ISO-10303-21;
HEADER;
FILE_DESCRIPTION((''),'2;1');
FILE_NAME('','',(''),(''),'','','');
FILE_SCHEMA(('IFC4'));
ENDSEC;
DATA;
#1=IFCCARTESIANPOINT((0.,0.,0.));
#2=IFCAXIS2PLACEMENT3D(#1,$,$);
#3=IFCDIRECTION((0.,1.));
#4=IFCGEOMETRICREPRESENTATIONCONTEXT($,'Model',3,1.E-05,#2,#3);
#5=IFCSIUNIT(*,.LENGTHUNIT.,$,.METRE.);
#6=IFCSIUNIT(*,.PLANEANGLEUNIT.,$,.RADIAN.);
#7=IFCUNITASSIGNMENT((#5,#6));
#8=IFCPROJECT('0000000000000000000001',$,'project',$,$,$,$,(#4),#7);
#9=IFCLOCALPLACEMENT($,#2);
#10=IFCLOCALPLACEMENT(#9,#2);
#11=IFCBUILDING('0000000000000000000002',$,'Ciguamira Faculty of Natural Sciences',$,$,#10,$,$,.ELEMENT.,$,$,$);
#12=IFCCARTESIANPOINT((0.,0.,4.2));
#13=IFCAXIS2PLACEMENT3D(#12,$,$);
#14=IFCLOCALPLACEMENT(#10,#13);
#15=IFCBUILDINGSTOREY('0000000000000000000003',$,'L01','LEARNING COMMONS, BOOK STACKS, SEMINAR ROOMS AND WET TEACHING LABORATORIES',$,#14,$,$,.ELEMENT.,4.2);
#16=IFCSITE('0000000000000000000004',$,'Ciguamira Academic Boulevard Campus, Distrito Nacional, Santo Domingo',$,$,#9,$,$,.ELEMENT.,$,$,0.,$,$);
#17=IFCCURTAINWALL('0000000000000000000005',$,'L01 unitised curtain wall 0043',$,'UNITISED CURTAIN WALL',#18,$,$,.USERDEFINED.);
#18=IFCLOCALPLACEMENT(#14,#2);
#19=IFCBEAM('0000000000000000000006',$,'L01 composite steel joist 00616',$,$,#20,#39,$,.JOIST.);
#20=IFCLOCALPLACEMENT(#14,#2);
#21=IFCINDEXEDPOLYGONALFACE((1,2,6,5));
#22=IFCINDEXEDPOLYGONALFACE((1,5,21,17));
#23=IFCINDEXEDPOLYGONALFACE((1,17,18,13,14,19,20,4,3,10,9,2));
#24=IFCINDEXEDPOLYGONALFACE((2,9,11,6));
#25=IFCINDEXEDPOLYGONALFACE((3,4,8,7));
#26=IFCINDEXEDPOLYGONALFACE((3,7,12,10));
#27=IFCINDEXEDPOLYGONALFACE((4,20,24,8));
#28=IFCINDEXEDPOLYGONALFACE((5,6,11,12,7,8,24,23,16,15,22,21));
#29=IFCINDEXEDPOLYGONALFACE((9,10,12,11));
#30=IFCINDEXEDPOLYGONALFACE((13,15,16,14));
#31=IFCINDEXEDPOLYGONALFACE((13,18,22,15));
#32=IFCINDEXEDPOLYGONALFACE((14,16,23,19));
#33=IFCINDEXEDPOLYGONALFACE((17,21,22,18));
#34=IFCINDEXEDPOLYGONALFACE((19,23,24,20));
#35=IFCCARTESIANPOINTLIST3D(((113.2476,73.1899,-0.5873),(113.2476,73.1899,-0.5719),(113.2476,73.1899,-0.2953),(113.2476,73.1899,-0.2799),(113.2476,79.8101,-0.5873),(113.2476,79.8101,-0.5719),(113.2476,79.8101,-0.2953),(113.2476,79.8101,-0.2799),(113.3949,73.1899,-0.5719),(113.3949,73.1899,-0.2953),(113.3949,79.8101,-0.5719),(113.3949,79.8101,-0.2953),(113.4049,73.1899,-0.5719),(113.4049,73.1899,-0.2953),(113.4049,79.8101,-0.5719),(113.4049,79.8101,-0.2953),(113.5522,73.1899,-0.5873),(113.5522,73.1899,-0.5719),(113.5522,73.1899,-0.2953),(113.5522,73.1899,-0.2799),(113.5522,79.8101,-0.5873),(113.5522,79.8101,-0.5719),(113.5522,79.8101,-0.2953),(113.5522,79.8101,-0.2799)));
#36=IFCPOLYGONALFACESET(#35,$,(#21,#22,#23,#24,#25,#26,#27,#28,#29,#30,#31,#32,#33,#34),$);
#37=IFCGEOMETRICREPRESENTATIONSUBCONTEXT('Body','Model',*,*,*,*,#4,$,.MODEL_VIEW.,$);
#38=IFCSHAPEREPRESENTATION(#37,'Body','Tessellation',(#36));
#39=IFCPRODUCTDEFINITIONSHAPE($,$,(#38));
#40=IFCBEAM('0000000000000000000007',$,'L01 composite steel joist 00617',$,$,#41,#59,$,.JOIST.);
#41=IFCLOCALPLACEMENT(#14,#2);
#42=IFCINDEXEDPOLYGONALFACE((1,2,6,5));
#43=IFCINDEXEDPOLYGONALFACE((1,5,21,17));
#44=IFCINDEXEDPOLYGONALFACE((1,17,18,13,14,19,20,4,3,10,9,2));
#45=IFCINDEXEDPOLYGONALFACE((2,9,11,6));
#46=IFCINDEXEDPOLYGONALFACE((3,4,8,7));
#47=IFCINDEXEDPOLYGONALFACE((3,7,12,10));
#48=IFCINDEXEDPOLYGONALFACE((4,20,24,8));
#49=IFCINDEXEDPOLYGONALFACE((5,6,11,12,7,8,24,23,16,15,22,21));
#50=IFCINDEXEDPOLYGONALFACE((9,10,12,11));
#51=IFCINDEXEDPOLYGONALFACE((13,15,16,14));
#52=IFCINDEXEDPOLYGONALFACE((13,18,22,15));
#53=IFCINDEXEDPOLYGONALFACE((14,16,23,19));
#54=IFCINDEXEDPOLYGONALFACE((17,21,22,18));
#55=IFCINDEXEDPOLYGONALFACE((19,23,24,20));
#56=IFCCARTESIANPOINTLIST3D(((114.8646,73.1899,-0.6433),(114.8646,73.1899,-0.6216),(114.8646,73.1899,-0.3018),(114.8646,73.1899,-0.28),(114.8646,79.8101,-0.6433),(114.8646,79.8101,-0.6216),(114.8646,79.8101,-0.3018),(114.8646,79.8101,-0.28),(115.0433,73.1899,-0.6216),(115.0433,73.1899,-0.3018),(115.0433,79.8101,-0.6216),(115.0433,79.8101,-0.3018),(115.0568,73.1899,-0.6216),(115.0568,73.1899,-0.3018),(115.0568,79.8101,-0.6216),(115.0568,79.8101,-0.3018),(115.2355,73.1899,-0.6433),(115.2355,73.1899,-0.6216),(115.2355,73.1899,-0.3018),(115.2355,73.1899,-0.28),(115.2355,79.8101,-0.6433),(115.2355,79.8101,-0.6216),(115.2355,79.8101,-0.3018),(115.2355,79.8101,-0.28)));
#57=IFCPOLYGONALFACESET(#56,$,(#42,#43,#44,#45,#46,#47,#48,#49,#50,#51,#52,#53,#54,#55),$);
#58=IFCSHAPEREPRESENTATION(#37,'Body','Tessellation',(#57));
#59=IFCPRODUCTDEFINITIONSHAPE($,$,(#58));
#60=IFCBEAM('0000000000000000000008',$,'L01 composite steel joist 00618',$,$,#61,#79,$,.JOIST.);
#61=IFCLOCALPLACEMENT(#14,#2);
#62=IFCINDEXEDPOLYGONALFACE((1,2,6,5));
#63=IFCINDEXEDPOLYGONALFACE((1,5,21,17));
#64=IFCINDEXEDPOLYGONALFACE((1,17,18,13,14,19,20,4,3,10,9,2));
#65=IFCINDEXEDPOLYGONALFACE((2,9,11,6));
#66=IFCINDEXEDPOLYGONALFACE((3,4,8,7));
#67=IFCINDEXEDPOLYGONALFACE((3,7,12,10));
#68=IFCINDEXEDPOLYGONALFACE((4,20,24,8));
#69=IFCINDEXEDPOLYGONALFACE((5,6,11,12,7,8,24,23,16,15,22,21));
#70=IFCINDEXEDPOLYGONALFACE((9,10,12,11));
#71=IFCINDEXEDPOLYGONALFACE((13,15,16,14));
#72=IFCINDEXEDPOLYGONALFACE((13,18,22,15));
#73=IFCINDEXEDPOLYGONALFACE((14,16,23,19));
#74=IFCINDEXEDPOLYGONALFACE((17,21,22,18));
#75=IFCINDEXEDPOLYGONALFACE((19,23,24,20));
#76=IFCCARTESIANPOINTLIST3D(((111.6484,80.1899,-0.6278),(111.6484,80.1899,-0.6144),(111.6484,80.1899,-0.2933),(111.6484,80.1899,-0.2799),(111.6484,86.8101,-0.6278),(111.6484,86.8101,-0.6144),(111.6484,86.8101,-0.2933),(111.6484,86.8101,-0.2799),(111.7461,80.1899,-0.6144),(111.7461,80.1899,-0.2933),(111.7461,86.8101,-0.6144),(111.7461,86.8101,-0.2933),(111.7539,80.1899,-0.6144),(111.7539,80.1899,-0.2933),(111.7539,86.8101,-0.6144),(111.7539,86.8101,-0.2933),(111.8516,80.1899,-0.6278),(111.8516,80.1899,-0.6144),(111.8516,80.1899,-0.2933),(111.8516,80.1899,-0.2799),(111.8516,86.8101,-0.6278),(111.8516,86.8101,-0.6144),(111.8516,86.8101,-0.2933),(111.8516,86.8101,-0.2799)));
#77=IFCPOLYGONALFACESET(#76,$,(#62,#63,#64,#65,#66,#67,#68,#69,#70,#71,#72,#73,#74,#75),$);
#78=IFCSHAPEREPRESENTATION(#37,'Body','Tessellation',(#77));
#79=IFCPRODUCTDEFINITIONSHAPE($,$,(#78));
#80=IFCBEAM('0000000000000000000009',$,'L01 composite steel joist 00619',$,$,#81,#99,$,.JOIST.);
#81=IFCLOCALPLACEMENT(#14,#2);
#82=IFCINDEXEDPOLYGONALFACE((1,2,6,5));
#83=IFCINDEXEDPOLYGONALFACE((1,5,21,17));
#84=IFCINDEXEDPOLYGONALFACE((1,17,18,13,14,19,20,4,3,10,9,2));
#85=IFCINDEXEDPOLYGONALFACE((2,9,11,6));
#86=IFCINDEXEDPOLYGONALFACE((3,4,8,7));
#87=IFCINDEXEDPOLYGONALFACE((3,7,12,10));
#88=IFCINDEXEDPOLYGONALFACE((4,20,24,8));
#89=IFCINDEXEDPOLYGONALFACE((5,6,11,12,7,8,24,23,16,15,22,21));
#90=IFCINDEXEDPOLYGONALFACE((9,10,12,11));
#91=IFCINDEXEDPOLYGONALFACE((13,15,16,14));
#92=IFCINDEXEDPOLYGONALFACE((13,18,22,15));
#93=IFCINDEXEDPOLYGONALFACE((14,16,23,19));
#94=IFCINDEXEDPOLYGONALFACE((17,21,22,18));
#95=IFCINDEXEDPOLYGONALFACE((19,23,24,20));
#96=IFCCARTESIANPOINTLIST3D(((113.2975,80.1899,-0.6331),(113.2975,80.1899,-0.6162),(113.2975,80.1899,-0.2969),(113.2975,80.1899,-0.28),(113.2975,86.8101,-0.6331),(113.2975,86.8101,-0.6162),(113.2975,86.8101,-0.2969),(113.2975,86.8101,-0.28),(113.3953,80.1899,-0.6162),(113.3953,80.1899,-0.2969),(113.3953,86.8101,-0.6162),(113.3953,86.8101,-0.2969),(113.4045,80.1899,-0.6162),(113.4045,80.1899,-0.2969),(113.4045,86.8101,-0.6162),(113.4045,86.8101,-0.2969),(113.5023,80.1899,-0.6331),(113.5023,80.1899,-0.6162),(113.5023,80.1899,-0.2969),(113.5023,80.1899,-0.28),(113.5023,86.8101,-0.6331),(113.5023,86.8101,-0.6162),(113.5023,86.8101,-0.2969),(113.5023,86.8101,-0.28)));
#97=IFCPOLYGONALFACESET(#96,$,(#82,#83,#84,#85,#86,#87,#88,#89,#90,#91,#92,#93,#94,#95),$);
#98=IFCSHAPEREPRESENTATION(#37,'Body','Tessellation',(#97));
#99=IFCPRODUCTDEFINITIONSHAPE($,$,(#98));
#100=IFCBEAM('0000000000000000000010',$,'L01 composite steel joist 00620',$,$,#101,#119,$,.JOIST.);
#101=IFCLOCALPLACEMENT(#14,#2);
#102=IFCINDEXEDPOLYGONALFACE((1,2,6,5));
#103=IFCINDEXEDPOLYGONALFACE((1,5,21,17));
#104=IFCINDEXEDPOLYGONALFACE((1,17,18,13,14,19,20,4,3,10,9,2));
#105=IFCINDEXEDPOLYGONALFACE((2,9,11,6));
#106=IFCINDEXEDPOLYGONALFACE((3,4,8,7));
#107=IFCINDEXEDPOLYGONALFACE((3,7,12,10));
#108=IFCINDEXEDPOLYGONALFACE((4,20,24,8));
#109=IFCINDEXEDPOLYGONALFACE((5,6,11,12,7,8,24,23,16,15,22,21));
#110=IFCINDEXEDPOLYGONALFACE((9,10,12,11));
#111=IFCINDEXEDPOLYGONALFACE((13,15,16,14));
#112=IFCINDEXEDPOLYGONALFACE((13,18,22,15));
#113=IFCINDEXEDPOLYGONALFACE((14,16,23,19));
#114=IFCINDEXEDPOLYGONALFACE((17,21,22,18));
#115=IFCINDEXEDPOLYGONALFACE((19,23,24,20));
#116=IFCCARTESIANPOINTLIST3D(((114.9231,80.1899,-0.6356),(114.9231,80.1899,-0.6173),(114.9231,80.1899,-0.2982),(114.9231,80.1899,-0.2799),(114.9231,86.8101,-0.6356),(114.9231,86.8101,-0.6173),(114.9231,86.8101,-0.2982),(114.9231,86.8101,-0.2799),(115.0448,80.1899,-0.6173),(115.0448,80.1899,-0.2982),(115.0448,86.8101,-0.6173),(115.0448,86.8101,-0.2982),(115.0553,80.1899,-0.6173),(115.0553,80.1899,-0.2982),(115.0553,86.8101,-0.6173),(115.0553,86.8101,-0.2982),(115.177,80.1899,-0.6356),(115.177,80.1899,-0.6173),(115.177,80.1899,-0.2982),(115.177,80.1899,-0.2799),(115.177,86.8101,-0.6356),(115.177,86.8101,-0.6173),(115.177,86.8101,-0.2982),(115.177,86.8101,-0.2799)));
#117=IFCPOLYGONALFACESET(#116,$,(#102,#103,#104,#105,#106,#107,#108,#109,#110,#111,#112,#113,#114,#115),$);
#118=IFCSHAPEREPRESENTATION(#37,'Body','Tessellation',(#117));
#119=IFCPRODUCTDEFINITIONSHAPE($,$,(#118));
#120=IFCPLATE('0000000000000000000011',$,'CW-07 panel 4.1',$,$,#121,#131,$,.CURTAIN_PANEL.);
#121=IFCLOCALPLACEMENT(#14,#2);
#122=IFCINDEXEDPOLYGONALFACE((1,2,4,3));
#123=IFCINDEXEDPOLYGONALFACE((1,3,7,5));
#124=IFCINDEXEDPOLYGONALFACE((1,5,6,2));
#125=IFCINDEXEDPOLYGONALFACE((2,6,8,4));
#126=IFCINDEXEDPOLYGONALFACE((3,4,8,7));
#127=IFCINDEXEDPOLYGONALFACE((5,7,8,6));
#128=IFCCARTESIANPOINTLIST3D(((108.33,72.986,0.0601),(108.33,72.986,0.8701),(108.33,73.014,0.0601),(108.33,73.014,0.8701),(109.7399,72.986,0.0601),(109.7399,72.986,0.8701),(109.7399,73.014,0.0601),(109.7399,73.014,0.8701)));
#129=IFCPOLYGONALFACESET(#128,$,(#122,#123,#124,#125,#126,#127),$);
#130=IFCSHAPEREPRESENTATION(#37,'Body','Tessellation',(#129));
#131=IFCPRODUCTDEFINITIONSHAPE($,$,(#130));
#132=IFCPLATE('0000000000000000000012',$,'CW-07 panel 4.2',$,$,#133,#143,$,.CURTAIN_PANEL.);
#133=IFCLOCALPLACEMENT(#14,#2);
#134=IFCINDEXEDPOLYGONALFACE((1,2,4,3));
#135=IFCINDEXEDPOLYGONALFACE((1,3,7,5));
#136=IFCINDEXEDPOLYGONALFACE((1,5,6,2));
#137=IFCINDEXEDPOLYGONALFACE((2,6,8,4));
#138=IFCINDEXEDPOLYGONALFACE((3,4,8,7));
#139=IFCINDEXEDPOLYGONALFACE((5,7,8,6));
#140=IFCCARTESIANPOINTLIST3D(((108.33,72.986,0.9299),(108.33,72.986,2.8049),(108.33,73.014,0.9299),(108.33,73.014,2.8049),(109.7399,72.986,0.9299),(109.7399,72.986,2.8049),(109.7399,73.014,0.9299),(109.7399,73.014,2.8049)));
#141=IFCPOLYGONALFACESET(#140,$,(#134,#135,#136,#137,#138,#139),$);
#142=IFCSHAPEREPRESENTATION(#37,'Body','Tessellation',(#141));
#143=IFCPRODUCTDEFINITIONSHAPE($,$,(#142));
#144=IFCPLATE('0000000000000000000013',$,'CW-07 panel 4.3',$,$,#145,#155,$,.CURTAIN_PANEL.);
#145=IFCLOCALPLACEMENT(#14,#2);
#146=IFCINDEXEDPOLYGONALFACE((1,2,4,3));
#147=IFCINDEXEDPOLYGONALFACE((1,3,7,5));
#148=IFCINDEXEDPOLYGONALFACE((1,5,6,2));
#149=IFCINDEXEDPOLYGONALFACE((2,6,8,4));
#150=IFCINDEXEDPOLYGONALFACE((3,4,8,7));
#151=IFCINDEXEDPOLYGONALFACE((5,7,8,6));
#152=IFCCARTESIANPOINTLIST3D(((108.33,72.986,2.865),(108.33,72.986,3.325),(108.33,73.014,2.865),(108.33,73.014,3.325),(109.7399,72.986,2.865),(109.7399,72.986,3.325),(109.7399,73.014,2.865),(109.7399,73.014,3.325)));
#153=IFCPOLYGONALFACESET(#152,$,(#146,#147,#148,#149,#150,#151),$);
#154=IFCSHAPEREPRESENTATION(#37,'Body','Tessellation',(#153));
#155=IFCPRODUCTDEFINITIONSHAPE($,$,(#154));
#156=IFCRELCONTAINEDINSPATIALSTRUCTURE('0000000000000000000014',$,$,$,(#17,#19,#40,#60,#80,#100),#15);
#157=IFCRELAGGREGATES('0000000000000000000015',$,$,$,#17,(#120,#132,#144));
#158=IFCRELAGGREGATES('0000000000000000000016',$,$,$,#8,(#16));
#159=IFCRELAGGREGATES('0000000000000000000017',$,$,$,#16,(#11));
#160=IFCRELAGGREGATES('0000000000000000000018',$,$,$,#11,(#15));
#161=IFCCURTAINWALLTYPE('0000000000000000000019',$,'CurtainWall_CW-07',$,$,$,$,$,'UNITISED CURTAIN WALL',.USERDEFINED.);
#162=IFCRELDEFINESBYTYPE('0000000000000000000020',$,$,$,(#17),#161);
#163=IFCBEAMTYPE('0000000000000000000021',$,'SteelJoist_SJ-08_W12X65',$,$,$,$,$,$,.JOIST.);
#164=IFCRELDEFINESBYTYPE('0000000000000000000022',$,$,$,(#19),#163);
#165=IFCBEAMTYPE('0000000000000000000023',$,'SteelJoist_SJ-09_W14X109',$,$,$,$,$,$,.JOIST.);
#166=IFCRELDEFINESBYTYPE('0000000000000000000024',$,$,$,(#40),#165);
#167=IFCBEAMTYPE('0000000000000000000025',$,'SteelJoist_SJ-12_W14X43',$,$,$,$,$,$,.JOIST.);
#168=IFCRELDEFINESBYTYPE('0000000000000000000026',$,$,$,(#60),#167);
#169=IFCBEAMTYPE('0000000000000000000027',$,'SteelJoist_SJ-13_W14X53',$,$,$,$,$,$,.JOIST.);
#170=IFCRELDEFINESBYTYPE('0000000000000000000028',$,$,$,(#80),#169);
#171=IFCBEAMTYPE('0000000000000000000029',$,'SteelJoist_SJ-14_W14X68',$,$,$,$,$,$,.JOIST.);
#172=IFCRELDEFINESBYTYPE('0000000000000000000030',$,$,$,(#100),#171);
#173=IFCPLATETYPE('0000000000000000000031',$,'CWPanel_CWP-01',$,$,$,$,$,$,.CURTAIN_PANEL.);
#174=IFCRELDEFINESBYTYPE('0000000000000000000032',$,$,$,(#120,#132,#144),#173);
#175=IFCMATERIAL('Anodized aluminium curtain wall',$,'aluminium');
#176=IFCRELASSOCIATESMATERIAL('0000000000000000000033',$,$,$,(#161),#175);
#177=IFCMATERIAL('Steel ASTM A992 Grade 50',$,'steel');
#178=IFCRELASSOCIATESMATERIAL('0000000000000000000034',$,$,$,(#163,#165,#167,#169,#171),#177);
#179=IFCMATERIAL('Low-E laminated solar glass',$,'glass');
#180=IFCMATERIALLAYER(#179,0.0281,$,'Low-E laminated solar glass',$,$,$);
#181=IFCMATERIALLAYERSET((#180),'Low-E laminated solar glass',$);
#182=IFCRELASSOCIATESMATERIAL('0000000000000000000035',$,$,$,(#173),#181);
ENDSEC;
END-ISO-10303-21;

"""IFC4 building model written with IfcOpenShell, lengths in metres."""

from ifc_helpers import new_model, si_unit, direction, frame, origin, origin_2d, place, context, subcontext, project, spatial, rectangle, i_section, extrude, material, layer, layer_set, material_profile, profile_set, type_object, element, aggregate, save


model = new_model("IFC4")

# Units and contexts
model_context = context("Model", 3, precision=1e-05, world=origin(), true_north=direction((0.0, 1.0)))
body_context = subcontext(model_context, "Body", "Model", "MODEL_VIEW")
ifc_project = project(units=[si_unit("LENGTHUNIT", "METRE"), si_unit("PLANEANGLEUNIT", "RADIAN")], contexts=[model_context])

# Site, building, storey
site_placement = place(None, origin())
site = spatial("IfcSite", under=ifc_project, at=site_placement, Name="Ciguamira Academic Boulevard Campus, Distrito Nacional, Santo Domingo", CompositionType="ELEMENT", RefElevation=0.0)
building_placement = place(site_placement, origin())
building = spatial("IfcBuilding", under=site, at=building_placement, Name="Ciguamira Faculty of Natural Sciences", CompositionType="ELEMENT")
storey_placement = place(building_placement, frame((0.0, 0.0, 4.2)))
storey = spatial("IfcBuildingStorey", under=building, at=storey_placement, Name="L01", Description="LEARNING COMMONS, BOOK STACKS, SEMINAR ROOMS AND WET TEACHING LABORATORIES", CompositionType="ELEMENT", Elevation=4.2)

# Curtain wall
ifc_material_1 = material(Name="Anodized aluminium curtain wall", Category="aluminium")
curtain_wall_type = type_object("IfcCurtainWallType", Name="CurtainWall_CW-07", ElementType="UNITISED CURTAIN WALL", PredefinedType="USERDEFINED", material=ifc_material_1)
curtain_wall_placement = place(storey_placement, origin())
curtain_wall = element("IfcCurtainWall", 1, at=curtain_wall_placement, inside=storey, type_object=curtain_wall_type, Name="L01 unitised curtain wall 0043", ObjectType="UNITISED CURTAIN WALL", PredefinedType="USERDEFINED")

# Beams
ifc_material_2 = material(Name="Steel ASTM A992 Grade 50", Category="steel")
ifc_material_profile_1 = material_profile(ifc_material_2, i_section(OverallWidth=0.3047, OverallDepth=0.3074, WebThickness=0.01, FlangeThickness=0.0154, at=origin_2d()), Name="W12X65")
ifc_profile_set_1 = profile_set([ifc_material_profile_1], Name="Steel ASTM A992 Grade 50")
beam_type_1 = type_object("IfcBeamType", Name="SteelJoist_SJ-08_W12X65", PredefinedType="JOIST", material=ifc_profile_set_1)
beam_1_placement = place(storey_placement, frame((113.3999, 73.1899, -0.4336), z_axis=(0.0, 1.0, 0.0), x_axis=(-1.0, 0.0, 0.0)))
element("IfcBeam", 2, at=beam_1_placement, inside=storey, type_object=beam_type_1, Name="L01 composite steel joist 00616", PredefinedType="JOIST", context=body_context, shape_type="SweptSolid", body=[
    extrude(i_section(OverallWidth=0.3047, OverallDepth=0.3074, WebThickness=0.01, FlangeThickness=0.0154, at=origin_2d()), origin(), (0.0, 0.0, 1.0), 6.6201),
])
ifc_material_profile_2 = material_profile(ifc_material_2, i_section(OverallWidth=0.3708, OverallDepth=0.3633, WebThickness=0.0134, FlangeThickness=0.0217, at=origin_2d()), Name="W14X109")
ifc_profile_set_2 = profile_set([ifc_material_profile_2], Name="Steel ASTM A992 Grade 50")
beam_type_2 = type_object("IfcBeamType", Name="SteelJoist_SJ-09_W14X109", PredefinedType="JOIST", material=ifc_profile_set_2)
beam_2_placement = place(storey_placement, frame((115.05, 73.1899, -0.4617), z_axis=(0.0, 1.0, 0.0), x_axis=(-1.0, 0.0, 0.0)))
element("IfcBeam", 3, at=beam_2_placement, inside=storey, type_object=beam_type_2, Name="L01 composite steel joist 00617", PredefinedType="JOIST", context=body_context, shape_type="SweptSolid", body=[
    extrude(i_section(OverallWidth=0.3708, OverallDepth=0.3633, WebThickness=0.0134, FlangeThickness=0.0217, at=origin_2d()), origin(), (0.0, 0.0, 1.0), 6.6201),
])
ifc_material_profile_3 = material_profile(ifc_material_2, i_section(OverallWidth=0.2031, OverallDepth=0.3479, WebThickness=0.0078, FlangeThickness=0.0134, at=origin_2d()), Name="W14X43")
ifc_profile_set_3 = profile_set([ifc_material_profile_3], Name="Steel ASTM A992 Grade 50")
beam_type_3 = type_object("IfcBeamType", Name="SteelJoist_SJ-12_W14X43", PredefinedType="JOIST", material=ifc_profile_set_3)
beam_3_placement = place(storey_placement, frame((111.75, 80.1899, -0.4539), z_axis=(0.0, 1.0, 0.0), x_axis=(-1.0, 0.0, 0.0)))
element("IfcBeam", 4, at=beam_3_placement, inside=storey, type_object=beam_type_3, Name="L01 composite steel joist 00618", PredefinedType="JOIST", context=body_context, shape_type="SweptSolid", body=[
    extrude(i_section(OverallWidth=0.2031, OverallDepth=0.3479, WebThickness=0.0078, FlangeThickness=0.0134, at=origin_2d()), origin(), (0.0, 0.0, 1.0), 6.6201),
])
ifc_material_profile_4 = material_profile(ifc_material_2, i_section(OverallWidth=0.2048, OverallDepth=0.353, WebThickness=0.0093, FlangeThickness=0.0168, at=origin_2d()), Name="W14X53")
ifc_profile_set_4 = profile_set([ifc_material_profile_4], Name="Steel ASTM A992 Grade 50")
beam_type_4 = type_object("IfcBeamType", Name="SteelJoist_SJ-13_W14X53", PredefinedType="JOIST", material=ifc_profile_set_4)
beam_4_placement = place(storey_placement, frame((113.3999, 80.1899, -0.4565), z_axis=(0.0, 1.0, 0.0), x_axis=(-1.0, 0.0, 0.0)))
element("IfcBeam", 5, at=beam_4_placement, inside=storey, type_object=beam_type_4, Name="L01 composite steel joist 00619", PredefinedType="JOIST", context=body_context, shape_type="SweptSolid", body=[
    extrude(i_section(OverallWidth=0.2048, OverallDepth=0.353, WebThickness=0.0093, FlangeThickness=0.0168, at=origin_2d()), origin(), (0.0, 0.0, 1.0), 6.6201),
])
ifc_material_profile_5 = material_profile(ifc_material_2, i_section(OverallWidth=0.2539, OverallDepth=0.3557, WebThickness=0.0105, FlangeThickness=0.0183, at=origin_2d()), Name="W14X68")
ifc_profile_set_5 = profile_set([ifc_material_profile_5], Name="Steel ASTM A992 Grade 50")
beam_type_5 = type_object("IfcBeamType", Name="SteelJoist_SJ-14_W14X68", PredefinedType="JOIST", material=ifc_profile_set_5)
beam_5_placement = place(storey_placement, frame((115.05, 80.1899, -0.4578), z_axis=(0.0, 1.0, 0.0), x_axis=(-1.0, 0.0, 0.0)))
element("IfcBeam", 6, at=beam_5_placement, inside=storey, type_object=beam_type_5, Name="L01 composite steel joist 00620", PredefinedType="JOIST", context=body_context, shape_type="SweptSolid", body=[
    extrude(i_section(OverallWidth=0.2539, OverallDepth=0.3557, WebThickness=0.0105, FlangeThickness=0.0183, at=origin_2d()), origin(), (0.0, 0.0, 1.0), 6.6201),
])

# Plates
ifc_material_3 = material(Name="Low-E laminated solar glass", Category="glass")
ifc_layer_1 = layer(ifc_material_3, 0.0281, Name="Low-E laminated solar glass")
ifc_layer_set_1 = layer_set([ifc_layer_1], Name="Low-E laminated solar glass")
plate_type = type_object("IfcPlateType", Name="CWPanel_CWP-01", PredefinedType="CURTAIN_PANEL", material=ifc_layer_set_1)
plate_1_placement = place(storey_placement, frame((109.0349, 73.0, 0.0601), z_axis=(0.0, 0.0, 1.0), x_axis=(1.0, 0.0, 0.0)))
plate_1 = element("IfcPlate", 7, at=plate_1_placement, type_object=plate_type, Name="CW-07 panel 4.1", PredefinedType="CURTAIN_PANEL", context=body_context, shape_type="SweptSolid", body=[
    extrude(rectangle(XDim=1.4099, YDim=0.0281, at=origin_2d()), origin(), (0.0, 0.0, 1.0), 0.8101),
])
plate_2_placement = place(storey_placement, frame((109.0349, 73.0, 0.9299), z_axis=(0.0, 0.0, 1.0), x_axis=(1.0, 0.0, 0.0)))
plate_2 = element("IfcPlate", 8, at=plate_2_placement, type_object=plate_type, Name="CW-07 panel 4.2", PredefinedType="CURTAIN_PANEL", context=body_context, shape_type="SweptSolid", body=[
    extrude(rectangle(XDim=1.4099, YDim=0.0281, at=origin_2d()), origin(), (0.0, 0.0, 1.0), 1.875),
])
plate_3_placement = place(storey_placement, frame((109.0349, 73.0, 2.865), z_axis=(0.0, 0.0, 1.0), x_axis=(1.0, 0.0, 0.0)))
plate_3 = element("IfcPlate", 9, at=plate_3_placement, type_object=plate_type, Name="CW-07 panel 4.3", PredefinedType="CURTAIN_PANEL", context=body_context, shape_type="SweptSolid", body=[
    extrude(rectangle(XDim=1.4099, YDim=0.0281, at=origin_2d()), origin(), (0.0, 0.0, 1.0), 0.46),
])
aggregate(curtain_wall, [plate_1, plate_2, plate_3])

save(model, "model.ifc")
